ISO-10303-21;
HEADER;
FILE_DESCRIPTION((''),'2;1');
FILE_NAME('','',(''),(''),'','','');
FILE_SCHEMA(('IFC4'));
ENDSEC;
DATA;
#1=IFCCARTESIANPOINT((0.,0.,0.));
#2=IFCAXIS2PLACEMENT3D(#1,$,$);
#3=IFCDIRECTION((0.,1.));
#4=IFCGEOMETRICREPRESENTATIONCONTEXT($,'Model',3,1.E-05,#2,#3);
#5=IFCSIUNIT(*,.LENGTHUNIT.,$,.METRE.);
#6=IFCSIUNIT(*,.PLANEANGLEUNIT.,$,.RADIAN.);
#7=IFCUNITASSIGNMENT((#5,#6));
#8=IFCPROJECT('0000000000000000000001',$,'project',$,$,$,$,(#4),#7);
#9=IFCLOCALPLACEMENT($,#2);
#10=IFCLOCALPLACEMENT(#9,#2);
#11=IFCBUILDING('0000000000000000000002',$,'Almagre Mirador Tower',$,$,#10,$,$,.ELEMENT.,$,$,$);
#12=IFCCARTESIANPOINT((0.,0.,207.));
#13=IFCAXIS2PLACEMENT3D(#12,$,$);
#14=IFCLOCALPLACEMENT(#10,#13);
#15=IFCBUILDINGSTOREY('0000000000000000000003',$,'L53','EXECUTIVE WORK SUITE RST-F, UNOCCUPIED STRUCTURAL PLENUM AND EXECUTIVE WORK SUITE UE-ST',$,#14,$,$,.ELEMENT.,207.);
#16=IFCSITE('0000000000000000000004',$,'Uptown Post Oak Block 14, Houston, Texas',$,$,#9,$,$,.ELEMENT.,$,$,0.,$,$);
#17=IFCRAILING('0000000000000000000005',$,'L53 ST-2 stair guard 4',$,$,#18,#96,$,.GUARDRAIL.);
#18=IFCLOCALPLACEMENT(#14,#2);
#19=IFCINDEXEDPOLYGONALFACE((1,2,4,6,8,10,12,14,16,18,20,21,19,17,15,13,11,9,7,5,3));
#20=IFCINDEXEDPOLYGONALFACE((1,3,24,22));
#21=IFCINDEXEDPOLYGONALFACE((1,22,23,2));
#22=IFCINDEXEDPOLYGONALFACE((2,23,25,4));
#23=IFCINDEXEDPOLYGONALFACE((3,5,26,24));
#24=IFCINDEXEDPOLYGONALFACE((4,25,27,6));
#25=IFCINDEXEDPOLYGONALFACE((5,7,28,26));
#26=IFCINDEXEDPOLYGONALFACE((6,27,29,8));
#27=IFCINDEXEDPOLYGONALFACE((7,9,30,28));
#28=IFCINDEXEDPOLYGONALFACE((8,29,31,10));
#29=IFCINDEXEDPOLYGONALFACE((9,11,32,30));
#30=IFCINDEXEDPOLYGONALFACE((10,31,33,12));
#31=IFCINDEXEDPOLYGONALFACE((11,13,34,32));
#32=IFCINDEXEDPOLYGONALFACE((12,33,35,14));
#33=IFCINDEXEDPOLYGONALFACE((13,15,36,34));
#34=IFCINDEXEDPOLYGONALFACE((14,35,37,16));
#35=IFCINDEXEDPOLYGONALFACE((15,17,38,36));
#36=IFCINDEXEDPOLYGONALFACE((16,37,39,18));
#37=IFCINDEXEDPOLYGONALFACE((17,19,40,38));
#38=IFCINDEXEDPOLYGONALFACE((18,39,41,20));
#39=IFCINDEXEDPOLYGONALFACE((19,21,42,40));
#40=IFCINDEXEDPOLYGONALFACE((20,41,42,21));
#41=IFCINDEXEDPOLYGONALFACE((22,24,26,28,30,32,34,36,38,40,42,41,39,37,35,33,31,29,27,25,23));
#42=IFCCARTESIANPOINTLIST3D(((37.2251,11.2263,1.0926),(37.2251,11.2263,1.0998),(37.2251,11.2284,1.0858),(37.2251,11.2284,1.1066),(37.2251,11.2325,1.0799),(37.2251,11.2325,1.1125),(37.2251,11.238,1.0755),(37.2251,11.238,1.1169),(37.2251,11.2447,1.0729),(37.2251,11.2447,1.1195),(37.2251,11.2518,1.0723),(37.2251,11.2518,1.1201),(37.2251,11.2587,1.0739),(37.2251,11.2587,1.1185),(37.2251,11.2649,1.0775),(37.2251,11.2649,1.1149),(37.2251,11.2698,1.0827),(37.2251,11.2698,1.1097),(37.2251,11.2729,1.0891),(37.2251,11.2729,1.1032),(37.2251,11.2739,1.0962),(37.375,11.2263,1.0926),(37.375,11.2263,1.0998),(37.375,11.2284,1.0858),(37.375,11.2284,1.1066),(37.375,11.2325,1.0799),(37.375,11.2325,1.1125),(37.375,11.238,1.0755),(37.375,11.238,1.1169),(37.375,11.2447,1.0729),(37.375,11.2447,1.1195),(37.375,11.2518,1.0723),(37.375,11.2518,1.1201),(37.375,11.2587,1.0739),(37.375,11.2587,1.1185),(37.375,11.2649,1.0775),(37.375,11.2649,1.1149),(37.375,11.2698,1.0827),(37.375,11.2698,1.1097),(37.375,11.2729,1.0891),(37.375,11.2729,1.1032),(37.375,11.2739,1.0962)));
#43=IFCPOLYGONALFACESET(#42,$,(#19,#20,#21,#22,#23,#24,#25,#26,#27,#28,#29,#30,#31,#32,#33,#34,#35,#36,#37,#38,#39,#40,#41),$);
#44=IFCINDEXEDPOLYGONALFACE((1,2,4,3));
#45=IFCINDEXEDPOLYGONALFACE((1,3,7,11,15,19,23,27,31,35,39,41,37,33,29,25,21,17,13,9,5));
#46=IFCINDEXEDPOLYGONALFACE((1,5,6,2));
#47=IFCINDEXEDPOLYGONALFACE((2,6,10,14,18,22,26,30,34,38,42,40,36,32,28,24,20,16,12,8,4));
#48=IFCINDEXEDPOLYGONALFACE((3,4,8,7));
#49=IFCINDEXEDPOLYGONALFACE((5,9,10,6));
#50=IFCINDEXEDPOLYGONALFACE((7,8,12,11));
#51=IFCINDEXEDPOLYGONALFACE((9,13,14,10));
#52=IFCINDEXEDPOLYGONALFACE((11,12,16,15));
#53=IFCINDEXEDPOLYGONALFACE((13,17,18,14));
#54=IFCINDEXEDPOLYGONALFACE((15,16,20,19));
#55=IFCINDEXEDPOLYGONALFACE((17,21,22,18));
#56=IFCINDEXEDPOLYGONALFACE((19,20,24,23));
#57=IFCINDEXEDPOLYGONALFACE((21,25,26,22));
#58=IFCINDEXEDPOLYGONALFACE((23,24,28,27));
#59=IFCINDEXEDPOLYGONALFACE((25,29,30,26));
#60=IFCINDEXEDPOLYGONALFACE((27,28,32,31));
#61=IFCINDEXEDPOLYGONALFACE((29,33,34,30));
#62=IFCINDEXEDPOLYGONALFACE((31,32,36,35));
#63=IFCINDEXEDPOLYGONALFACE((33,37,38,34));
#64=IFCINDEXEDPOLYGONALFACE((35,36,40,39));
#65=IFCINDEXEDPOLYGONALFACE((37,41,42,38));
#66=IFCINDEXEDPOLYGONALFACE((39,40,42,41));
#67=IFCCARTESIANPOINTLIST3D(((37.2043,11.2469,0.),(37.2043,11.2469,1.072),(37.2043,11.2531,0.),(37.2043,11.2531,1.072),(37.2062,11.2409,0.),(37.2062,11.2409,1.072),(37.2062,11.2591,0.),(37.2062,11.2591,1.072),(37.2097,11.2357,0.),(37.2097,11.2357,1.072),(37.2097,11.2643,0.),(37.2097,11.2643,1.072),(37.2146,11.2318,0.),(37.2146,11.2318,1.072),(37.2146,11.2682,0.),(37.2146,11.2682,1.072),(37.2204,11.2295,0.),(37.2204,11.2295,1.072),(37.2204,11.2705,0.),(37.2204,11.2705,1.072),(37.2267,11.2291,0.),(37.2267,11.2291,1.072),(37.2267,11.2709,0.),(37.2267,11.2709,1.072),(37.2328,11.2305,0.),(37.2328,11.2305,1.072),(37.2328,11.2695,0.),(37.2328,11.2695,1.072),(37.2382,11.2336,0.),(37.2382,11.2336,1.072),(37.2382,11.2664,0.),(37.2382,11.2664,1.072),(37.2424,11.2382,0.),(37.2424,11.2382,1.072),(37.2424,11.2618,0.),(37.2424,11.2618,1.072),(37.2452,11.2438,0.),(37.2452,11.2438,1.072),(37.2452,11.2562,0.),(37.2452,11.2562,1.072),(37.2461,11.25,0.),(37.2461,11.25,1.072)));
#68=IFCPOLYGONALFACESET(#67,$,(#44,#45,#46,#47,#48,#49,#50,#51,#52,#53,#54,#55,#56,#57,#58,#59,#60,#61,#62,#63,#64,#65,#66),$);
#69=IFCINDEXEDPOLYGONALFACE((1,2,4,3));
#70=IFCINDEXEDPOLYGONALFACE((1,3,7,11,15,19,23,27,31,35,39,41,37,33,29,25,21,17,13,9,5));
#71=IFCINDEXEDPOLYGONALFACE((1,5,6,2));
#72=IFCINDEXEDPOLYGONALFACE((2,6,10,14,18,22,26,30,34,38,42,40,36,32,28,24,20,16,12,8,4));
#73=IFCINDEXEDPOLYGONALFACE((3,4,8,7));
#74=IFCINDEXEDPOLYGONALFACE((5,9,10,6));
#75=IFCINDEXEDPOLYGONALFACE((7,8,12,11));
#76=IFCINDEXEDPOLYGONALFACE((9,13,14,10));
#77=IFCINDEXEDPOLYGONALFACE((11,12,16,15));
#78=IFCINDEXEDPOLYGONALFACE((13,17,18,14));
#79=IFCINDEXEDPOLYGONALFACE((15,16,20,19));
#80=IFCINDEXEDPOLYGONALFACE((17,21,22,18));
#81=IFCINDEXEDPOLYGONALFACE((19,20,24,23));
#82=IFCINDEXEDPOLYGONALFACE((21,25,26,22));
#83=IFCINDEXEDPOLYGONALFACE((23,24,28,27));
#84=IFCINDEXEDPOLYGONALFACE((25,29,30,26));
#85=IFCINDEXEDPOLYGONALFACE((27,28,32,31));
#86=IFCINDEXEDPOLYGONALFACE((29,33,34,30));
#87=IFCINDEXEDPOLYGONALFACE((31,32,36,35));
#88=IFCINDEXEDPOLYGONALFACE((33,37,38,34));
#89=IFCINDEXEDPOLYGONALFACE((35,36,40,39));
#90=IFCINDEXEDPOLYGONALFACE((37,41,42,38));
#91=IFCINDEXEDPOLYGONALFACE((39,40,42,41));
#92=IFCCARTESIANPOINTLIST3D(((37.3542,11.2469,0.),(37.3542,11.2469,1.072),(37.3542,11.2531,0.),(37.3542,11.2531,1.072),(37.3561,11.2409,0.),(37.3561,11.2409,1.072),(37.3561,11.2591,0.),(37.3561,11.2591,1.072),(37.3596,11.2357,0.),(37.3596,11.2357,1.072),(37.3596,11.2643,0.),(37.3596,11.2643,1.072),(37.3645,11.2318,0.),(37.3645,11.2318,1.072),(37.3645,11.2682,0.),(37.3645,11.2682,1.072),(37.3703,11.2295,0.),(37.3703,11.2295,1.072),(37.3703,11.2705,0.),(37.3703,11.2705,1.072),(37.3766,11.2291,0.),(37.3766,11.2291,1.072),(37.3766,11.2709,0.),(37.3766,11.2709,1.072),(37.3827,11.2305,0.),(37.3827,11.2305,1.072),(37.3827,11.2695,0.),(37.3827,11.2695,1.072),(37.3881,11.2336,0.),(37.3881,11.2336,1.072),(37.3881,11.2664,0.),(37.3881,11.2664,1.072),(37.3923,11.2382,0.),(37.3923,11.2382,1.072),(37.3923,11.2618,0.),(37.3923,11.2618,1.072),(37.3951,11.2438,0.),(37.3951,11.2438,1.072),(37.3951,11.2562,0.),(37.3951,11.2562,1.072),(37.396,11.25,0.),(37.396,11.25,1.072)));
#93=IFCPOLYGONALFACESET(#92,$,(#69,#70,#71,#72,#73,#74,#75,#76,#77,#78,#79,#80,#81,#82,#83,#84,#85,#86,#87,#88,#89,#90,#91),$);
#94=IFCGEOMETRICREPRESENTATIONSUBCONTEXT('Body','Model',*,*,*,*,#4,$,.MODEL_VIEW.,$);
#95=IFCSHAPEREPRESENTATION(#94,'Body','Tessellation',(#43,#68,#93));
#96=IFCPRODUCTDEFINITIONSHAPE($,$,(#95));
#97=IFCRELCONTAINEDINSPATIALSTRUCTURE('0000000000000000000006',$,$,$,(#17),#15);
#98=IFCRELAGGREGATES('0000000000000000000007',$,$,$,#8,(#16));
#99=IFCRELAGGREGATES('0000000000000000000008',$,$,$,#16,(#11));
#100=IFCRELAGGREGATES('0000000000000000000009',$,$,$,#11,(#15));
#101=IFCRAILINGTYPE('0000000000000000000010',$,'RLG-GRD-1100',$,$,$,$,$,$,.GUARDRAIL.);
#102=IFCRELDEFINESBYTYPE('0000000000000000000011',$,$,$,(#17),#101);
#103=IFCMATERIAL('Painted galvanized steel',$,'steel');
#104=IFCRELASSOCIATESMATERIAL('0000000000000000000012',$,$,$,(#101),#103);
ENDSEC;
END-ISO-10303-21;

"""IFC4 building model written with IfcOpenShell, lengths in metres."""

from ifc_helpers import new_model, si_unit, direction, frame, origin, origin_2d, place, context, subcontext, project, spatial, circle, extrude, material, type_object, element, save


model = new_model("IFC4")

# Units and contexts
model_context = context("Model", 3, precision=1e-05, world=origin(), true_north=direction((0.0, 1.0)))
body_context = subcontext(model_context, "Body", "Model", "MODEL_VIEW")
ifc_project = project(units=[si_unit("LENGTHUNIT", "METRE"), si_unit("PLANEANGLEUNIT", "RADIAN")], contexts=[model_context])

# Site, building, storey
site_placement = place(None, origin())
site = spatial("IfcSite", under=ifc_project, at=site_placement, Name="Uptown Post Oak Block 14, Houston, Texas", CompositionType="ELEMENT", RefElevation=0.0)
building_placement = place(site_placement, origin())
building = spatial("IfcBuilding", under=site, at=building_placement, Name="Almagre Mirador Tower", CompositionType="ELEMENT")
storey_placement = place(building_placement, frame((0.0, 0.0, 207.0)))
storey = spatial("IfcBuildingStorey", under=building, at=storey_placement, Name="L53", Description="EXECUTIVE WORK SUITE RST-F, UNOCCUPIED STRUCTURAL PLENUM AND EXECUTIVE WORK SUITE UE-ST", CompositionType="ELEMENT", Elevation=207.0)

# Railing
ifc_material_1 = material(Name="Painted galvanized steel", Category="steel")
railing_type_1 = type_object("IfcRailingType", Name="RLG-GRD-1100", PredefinedType="GUARDRAIL", material=ifc_material_1)
railing_1_placement = place(storey_placement, frame((37.2251, 11.25, 0.0)))
element("IfcRailing", 1, at=railing_1_placement, inside=storey, type_object=railing_type_1, Name="L53 ST-2 stair guard 4", PredefinedType="GUARDRAIL", context=body_context, shape_type="SweptSolid", body=[
    extrude(circle(Radius=0.0239, at=origin_2d()), frame((0.0, 0.0, 1.0962), z_axis=(1.0, 0.0, 0.0), x_axis=(0.0, 1.0, 0.0)), (0.0, 0.0, 1.0), 0.1499),
    extrude(circle(Radius=0.021, at=origin_2d()), origin(), (0.0, 0.0, 1.0), 1.072),
    extrude(circle(Radius=0.021, at=origin_2d()), frame((0.1499, 0.0, 0.0)), (0.0, 0.0, 1.0), 1.072),
])

save(model, "model.ifc")
